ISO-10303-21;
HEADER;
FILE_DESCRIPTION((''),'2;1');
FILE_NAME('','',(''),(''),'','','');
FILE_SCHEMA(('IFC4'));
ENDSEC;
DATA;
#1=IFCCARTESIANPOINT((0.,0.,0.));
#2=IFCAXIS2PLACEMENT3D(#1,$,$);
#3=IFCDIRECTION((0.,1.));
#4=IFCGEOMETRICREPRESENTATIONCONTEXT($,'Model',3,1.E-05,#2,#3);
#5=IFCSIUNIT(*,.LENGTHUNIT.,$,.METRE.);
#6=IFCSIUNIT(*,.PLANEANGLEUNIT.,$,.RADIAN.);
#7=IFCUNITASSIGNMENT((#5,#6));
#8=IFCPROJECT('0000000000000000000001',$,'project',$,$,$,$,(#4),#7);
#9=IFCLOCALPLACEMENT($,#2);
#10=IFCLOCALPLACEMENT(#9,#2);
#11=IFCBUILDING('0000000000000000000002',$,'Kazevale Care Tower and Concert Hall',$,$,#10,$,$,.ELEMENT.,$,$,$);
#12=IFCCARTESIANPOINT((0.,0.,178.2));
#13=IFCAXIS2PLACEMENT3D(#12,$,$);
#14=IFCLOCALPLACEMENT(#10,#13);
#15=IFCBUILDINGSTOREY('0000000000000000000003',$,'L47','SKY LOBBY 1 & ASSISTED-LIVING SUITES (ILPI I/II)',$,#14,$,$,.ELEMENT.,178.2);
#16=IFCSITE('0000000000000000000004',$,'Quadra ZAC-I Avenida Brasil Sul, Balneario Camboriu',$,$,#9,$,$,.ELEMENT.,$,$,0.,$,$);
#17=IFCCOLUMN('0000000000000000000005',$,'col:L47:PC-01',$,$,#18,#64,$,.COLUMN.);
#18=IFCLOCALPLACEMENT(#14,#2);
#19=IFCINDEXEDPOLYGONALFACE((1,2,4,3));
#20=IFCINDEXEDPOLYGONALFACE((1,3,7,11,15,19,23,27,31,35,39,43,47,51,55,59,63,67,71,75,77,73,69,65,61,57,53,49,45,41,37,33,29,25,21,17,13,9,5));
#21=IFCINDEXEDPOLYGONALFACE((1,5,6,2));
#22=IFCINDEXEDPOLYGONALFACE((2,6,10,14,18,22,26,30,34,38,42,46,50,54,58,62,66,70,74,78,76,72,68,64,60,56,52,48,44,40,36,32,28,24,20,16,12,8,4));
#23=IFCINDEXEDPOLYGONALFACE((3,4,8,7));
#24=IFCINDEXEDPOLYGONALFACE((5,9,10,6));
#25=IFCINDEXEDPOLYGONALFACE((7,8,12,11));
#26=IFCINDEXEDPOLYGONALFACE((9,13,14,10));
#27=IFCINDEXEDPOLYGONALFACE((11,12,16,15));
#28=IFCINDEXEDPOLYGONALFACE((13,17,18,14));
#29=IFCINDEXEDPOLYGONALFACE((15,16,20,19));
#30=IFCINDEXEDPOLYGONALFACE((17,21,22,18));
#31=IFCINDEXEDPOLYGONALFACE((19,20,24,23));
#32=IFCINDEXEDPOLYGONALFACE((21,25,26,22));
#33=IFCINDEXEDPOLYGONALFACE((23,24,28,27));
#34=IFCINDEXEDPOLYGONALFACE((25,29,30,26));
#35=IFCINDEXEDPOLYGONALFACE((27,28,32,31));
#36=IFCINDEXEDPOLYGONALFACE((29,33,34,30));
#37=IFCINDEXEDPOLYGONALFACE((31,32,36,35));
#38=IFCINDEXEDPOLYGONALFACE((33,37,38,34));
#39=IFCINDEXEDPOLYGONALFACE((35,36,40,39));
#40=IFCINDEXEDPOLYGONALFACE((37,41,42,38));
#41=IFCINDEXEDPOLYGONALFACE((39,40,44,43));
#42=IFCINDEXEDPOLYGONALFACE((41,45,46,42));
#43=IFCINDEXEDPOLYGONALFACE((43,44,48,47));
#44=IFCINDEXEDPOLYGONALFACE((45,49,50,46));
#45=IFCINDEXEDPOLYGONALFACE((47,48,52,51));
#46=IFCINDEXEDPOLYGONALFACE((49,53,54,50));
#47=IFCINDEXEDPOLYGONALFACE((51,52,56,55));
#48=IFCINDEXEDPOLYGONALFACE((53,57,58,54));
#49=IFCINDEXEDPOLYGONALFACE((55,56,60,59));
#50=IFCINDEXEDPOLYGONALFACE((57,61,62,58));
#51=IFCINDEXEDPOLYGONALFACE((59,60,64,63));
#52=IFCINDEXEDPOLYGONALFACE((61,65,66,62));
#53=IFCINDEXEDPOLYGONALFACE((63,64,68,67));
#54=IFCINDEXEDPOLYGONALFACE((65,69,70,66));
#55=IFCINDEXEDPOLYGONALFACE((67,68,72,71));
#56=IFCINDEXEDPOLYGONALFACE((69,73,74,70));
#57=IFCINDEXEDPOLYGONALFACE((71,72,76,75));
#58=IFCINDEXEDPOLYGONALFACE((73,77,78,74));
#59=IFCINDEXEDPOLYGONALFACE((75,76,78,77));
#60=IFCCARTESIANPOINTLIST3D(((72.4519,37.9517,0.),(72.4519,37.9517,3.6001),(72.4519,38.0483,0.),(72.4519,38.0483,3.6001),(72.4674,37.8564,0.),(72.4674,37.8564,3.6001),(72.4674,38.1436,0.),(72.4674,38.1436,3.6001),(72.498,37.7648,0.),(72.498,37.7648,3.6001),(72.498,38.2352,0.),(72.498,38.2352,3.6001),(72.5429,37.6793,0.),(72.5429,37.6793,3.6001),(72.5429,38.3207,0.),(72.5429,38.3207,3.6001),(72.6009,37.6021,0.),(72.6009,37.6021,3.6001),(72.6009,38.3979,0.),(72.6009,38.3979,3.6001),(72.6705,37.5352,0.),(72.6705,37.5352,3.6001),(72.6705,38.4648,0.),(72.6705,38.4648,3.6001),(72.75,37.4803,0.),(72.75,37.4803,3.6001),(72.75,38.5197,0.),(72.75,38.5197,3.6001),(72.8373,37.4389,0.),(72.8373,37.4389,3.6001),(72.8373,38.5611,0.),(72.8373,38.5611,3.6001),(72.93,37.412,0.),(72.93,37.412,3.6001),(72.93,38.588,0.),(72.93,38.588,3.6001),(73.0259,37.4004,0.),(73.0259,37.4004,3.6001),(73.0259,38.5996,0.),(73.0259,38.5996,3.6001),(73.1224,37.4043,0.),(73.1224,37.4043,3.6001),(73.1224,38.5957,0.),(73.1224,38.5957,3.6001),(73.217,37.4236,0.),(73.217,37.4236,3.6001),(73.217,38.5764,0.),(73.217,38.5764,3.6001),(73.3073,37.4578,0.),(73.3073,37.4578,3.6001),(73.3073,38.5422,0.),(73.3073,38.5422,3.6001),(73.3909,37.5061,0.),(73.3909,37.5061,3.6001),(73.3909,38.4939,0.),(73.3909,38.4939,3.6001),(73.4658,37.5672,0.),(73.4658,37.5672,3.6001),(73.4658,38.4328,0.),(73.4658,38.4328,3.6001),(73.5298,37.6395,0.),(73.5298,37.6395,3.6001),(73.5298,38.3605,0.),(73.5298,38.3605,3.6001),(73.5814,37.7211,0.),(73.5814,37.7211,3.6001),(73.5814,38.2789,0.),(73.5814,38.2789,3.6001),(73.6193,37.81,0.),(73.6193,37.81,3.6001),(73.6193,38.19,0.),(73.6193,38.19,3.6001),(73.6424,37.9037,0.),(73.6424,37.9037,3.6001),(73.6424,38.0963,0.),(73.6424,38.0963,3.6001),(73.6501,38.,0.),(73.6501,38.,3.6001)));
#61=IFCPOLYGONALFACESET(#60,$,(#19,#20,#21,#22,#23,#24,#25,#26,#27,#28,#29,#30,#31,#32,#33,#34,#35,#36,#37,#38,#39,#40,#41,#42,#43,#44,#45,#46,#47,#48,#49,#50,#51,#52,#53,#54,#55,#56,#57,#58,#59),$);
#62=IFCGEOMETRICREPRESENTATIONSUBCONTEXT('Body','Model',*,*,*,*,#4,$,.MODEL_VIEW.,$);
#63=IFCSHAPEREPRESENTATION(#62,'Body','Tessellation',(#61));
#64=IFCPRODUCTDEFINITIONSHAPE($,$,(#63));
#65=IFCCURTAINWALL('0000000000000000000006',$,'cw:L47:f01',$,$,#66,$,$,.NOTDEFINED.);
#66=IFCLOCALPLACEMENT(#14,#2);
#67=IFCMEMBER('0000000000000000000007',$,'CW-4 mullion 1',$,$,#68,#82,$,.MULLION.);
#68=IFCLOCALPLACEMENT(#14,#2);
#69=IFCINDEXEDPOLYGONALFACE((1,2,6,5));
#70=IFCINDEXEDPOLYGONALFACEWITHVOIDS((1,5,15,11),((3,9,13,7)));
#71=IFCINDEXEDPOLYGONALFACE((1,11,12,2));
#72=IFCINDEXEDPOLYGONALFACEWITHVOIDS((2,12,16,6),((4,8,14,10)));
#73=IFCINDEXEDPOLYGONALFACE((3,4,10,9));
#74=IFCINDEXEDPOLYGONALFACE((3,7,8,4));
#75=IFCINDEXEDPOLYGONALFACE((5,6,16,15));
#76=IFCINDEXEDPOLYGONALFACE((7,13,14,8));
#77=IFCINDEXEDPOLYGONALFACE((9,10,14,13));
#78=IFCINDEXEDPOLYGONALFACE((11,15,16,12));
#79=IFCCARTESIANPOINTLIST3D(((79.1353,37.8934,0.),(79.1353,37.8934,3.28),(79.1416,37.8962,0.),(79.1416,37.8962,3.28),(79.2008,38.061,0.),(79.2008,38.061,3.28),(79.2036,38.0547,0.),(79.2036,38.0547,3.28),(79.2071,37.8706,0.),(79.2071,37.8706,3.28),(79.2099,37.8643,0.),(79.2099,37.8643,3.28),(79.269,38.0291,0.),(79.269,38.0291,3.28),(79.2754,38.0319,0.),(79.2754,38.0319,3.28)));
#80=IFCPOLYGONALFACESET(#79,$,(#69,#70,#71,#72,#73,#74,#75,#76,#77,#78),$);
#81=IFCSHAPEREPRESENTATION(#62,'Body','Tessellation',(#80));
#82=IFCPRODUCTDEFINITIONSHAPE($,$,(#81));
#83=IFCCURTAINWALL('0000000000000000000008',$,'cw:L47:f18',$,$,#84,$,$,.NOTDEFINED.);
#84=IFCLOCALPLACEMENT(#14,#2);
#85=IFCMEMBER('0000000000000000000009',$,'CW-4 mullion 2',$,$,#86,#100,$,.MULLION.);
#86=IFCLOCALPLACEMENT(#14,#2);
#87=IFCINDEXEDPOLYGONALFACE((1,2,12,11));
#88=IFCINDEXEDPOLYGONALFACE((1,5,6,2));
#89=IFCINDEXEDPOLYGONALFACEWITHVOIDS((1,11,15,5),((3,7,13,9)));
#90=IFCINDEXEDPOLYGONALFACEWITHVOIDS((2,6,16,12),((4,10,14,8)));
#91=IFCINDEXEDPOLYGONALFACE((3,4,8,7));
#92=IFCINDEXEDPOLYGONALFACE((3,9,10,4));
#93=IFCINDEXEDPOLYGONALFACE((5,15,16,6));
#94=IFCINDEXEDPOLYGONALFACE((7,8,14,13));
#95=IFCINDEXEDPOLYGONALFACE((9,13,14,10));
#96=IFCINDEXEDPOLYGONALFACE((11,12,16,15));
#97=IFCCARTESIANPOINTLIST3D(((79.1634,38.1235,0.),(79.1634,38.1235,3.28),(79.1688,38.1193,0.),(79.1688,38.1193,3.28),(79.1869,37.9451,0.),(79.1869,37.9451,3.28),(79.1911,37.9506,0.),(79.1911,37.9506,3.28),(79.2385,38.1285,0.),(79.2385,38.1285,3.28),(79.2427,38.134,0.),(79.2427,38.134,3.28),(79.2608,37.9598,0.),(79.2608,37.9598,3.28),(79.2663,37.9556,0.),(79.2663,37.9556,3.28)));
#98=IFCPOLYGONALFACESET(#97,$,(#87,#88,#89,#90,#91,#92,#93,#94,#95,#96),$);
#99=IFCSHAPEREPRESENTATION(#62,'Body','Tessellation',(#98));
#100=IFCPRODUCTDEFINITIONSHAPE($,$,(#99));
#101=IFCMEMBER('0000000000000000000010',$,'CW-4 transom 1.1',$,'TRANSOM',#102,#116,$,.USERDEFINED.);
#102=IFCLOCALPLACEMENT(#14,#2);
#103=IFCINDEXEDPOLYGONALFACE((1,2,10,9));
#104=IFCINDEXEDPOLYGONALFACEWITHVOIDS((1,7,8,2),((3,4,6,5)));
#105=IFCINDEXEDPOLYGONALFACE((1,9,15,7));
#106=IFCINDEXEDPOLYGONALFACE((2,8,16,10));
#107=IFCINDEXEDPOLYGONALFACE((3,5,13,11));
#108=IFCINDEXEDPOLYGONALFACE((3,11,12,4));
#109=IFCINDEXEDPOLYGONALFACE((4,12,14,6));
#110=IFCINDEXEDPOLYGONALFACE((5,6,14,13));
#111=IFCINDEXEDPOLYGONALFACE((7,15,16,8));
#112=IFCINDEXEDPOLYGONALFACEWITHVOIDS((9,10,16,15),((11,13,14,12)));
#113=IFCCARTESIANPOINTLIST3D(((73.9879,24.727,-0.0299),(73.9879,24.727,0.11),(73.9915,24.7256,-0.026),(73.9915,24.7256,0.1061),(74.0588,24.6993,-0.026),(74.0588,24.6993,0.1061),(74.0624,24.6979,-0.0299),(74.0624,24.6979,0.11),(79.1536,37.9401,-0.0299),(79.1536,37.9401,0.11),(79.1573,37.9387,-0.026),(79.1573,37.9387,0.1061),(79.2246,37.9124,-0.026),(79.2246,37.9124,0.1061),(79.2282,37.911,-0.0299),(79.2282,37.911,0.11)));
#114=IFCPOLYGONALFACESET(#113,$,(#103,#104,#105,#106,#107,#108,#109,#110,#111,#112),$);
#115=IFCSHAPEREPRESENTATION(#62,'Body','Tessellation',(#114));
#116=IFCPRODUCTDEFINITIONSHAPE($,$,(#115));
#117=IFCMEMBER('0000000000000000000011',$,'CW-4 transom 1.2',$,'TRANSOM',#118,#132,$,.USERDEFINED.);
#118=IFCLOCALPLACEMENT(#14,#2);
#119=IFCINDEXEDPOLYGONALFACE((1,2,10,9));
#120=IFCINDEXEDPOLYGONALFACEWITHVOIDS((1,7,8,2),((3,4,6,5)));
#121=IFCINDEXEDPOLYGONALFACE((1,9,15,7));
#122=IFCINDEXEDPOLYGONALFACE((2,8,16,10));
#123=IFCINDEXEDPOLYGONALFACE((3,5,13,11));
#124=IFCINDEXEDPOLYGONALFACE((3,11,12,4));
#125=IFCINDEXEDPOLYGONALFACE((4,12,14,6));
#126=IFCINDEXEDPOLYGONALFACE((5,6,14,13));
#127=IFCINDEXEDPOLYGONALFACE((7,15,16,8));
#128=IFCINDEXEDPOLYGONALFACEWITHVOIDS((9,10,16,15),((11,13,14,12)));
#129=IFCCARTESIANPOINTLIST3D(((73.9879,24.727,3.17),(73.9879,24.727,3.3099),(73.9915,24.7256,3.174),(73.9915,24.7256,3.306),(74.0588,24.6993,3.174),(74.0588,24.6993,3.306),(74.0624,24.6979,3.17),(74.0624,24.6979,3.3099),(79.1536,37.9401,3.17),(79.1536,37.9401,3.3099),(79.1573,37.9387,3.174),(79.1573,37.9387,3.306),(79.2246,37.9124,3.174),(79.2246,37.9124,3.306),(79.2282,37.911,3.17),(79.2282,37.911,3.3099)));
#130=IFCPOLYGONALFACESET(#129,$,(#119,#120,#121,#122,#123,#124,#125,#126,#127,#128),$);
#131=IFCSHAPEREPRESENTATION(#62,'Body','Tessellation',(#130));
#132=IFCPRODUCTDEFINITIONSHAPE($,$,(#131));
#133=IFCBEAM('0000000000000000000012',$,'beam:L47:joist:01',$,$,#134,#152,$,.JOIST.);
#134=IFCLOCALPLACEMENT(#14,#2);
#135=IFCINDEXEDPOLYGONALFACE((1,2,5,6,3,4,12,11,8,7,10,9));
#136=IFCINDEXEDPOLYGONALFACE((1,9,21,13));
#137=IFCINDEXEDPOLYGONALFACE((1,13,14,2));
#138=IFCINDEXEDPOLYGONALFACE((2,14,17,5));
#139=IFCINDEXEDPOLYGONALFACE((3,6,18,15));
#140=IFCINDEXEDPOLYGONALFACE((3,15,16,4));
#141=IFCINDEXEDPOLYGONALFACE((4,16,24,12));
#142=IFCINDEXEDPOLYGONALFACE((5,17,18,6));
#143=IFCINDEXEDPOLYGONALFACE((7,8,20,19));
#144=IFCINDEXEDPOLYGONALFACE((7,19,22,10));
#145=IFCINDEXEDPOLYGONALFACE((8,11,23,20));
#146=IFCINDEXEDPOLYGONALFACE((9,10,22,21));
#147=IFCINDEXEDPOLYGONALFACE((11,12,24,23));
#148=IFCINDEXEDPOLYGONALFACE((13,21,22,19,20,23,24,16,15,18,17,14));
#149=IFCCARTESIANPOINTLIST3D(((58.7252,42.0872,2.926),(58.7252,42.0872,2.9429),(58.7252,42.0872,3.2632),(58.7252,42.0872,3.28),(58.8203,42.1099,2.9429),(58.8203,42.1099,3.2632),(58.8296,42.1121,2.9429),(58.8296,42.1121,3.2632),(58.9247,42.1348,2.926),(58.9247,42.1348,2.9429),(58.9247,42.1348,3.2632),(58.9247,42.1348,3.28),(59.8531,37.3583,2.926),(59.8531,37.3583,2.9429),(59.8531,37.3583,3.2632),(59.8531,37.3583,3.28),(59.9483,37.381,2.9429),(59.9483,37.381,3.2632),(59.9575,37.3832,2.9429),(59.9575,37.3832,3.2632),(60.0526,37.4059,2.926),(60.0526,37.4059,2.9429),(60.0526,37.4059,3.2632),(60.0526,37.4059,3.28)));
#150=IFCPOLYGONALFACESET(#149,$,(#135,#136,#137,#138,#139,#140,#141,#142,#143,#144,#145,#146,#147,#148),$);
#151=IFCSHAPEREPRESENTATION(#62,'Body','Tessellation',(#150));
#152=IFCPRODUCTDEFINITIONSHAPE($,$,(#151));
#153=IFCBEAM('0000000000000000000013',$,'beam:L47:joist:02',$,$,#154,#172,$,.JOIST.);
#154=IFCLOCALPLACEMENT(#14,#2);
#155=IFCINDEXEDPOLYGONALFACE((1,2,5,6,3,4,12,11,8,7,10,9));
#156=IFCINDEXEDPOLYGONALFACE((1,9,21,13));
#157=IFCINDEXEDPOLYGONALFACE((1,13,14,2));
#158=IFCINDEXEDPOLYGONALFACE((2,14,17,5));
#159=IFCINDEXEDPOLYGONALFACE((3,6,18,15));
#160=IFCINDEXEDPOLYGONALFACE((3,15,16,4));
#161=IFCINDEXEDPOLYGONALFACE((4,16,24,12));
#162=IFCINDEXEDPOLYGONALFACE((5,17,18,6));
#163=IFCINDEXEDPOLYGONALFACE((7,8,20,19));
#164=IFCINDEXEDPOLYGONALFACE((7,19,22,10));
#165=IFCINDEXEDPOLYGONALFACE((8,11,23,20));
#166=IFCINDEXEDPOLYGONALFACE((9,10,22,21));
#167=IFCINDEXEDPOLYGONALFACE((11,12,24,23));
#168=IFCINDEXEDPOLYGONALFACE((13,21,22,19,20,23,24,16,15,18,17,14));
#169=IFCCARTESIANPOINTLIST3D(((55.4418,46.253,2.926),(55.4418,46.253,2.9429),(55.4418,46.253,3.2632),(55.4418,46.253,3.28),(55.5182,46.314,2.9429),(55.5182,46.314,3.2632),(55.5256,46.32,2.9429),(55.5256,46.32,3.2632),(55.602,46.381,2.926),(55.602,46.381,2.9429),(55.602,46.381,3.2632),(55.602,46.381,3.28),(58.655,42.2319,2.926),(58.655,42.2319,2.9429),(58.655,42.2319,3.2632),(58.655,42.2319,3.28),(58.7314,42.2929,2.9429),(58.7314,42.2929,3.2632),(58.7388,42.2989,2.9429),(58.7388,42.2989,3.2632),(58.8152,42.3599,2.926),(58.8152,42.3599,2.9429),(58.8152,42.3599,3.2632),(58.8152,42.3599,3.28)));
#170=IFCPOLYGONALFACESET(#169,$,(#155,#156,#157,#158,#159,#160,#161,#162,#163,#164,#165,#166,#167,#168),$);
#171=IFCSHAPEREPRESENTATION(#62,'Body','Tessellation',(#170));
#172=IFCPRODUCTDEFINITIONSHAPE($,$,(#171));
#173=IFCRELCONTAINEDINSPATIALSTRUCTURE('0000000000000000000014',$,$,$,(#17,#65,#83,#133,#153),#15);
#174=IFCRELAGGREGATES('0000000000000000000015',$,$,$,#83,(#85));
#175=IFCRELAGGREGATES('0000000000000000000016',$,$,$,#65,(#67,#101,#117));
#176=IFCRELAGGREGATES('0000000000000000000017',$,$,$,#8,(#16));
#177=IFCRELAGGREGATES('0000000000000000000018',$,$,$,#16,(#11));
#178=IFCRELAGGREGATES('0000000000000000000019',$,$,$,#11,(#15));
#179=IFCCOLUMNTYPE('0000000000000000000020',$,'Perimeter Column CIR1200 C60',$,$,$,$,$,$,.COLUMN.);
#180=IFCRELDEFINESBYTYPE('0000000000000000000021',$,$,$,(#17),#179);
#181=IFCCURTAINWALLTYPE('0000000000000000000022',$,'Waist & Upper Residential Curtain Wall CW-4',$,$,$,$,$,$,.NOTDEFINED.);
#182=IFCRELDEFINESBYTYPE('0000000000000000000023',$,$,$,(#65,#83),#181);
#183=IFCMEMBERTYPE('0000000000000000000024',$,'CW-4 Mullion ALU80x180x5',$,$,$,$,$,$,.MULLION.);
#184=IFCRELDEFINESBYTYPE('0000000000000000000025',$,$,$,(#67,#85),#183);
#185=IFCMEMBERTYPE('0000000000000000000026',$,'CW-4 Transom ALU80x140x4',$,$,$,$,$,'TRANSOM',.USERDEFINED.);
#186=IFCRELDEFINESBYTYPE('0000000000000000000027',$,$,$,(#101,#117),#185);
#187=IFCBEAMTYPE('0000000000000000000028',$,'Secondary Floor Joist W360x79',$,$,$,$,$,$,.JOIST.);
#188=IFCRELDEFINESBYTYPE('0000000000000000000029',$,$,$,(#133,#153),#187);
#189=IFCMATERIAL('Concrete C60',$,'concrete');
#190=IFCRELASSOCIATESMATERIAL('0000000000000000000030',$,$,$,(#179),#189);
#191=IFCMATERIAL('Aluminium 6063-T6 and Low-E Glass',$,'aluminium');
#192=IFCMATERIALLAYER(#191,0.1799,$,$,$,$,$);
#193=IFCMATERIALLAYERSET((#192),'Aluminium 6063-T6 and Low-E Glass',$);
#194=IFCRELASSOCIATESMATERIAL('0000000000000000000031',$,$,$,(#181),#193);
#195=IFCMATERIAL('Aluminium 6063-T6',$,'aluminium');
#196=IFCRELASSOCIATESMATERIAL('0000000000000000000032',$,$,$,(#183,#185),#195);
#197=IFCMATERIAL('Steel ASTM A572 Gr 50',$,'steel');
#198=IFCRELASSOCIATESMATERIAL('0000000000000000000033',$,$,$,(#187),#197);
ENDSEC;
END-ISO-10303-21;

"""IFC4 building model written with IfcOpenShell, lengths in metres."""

from ifc_helpers import new_model, si_unit, direction, frame, origin, origin_2d, place, context, subcontext, project, spatial, hollow_rectangle, circle, i_section, extrude, material, layer, layer_set, material_profile, profile_set, type_object, element, aggregate, save


model = new_model("IFC4")

# Units and contexts
model_context = context("Model", 3, precision=1e-05, world=origin(), true_north=direction((0.0, 1.0)))
body_context = subcontext(model_context, "Body", "Model", "MODEL_VIEW")
ifc_project = project(units=[si_unit("LENGTHUNIT", "METRE"), si_unit("PLANEANGLEUNIT", "RADIAN")], contexts=[model_context])

# Site, building, storey
site_placement = place(None, origin())
site = spatial("IfcSite", under=ifc_project, at=site_placement, Name="Quadra ZAC-I Avenida Brasil Sul, Balneario Camboriu", CompositionType="ELEMENT", RefElevation=0.0)
building_placement = place(site_placement, origin())
building = spatial("IfcBuilding", under=site, at=building_placement, Name="Kazevale Care Tower and Concert Hall", CompositionType="ELEMENT")
storey_placement = place(building_placement, frame((0.0, 0.0, 178.2)))
storey = spatial("IfcBuildingStorey", under=building, at=storey_placement, Name="L47", Description="SKY LOBBY 1 & ASSISTED-LIVING SUITES (ILPI I/II)", CompositionType="ELEMENT", Elevation=178.2)

# Column
ifc_material_1 = material(Name="Concrete C60", Category="concrete")
ifc_material_profile_1 = material_profile(ifc_material_1, circle(Radius=0.6001, at=origin_2d()), Name="RC-CIR1200")
ifc_profile_set_1 = profile_set([ifc_material_profile_1], Name="Concrete C60")
column_type = type_object("IfcColumnType", Name="Perimeter Column CIR1200 C60", PredefinedType="COLUMN", material=ifc_profile_set_1)
column_placement = place(storey_placement, frame((73.05, 38.0, 0.0), z_axis=(0.0, 0.0, 1.0), x_axis=(1.0, 0.0, 0.0)))
element("IfcColumn", 1, at=column_placement, inside=storey, type_object=column_type, Name="col:L47:PC-01", PredefinedType="COLUMN", context=body_context, shape_type="SweptSolid", body=[
    extrude(circle(Radius=0.6001, at=origin_2d()), origin(), (0.0, 0.0, 1.0), 3.6001),
])

# Curtain walls, members
ifc_material_2 = material(Name="Aluminium 6063-T6 and Low-E Glass", Category="aluminium")
ifc_layer_1 = layer(ifc_material_2, 0.1799)
ifc_layer_set_1 = layer_set([ifc_layer_1], Name="Aluminium 6063-T6 and Low-E Glass")
curtain_wall_type = type_object("IfcCurtainWallType", Name="Waist & Upper Residential Curtain Wall CW-4", PredefinedType="NOTDEFINED", material=ifc_layer_set_1)
curtain_wall_1_placement = place(storey_placement, origin())
curtain_wall_1 = element("IfcCurtainWall", 2, at=curtain_wall_1_placement, inside=storey, type_object=curtain_wall_type, Name="cw:L47:f01", PredefinedType="NOTDEFINED")
ifc_material_3 = material(Name="Aluminium 6063-T6", Category="aluminium")
ifc_material_profile_2 = material_profile(ifc_material_3, hollow_rectangle(XDim=0.0801, YDim=0.1799, WallThickness=0.0049, at=origin_2d()), Name="ALU80x180x5")
ifc_profile_set_2 = profile_set([ifc_material_profile_2], Name="Aluminium 6063-T6")
member_type_1 = type_object("IfcMemberType", Name="CW-4 Mullion ALU80x180x5", PredefinedType="MULLION", material=ifc_profile_set_2)
member_1_placement = place(storey_placement, frame((79.2053, 37.9626, 0.0), z_axis=(0.0, 0.0, 1.0), x_axis=(0.931352, -0.364121, 0.0)))
member_1 = element("IfcMember", 3, at=member_1_placement, type_object=member_type_1, Name="CW-4 mullion 1", PredefinedType="MULLION", context=body_context, shape_type="SweptSolid", body=[
    extrude(hollow_rectangle(XDim=0.0801, YDim=0.1799, WallThickness=0.0049, at=origin_2d()), origin(), (0.0, 0.0, 1.0), 3.28),
])
curtain_wall_2_placement = place(storey_placement, origin())
curtain_wall_2 = element("IfcCurtainWall", 4, at=curtain_wall_2_placement, inside=storey, type_object=curtain_wall_type, Name="cw:L47:f18", PredefinedType="NOTDEFINED")
member_2_placement = place(storey_placement, frame((79.2148, 38.0396, 0.0), z_axis=(0.0, 0.0, 1.0), x_axis=(0.991374, 0.131063, 0.0)))
member_2 = element("IfcMember", 5, at=member_2_placement, type_object=member_type_1, Name="CW-4 mullion 2", PredefinedType="MULLION", context=body_context, shape_type="SweptSolid", body=[
    extrude(hollow_rectangle(XDim=0.0801, YDim=0.1799, WallThickness=0.0049, at=origin_2d()), origin(), (0.0, 0.0, 1.0), 3.28),
])
aggregate(curtain_wall_2, [member_2])

# Members
ifc_material_profile_3 = material_profile(ifc_material_3, hollow_rectangle(XDim=0.0801, YDim=0.1399, WallThickness=0.0039, at=origin_2d()), Name="ALU80x140x4")
ifc_profile_set_3 = profile_set([ifc_material_profile_3], Name="Aluminium 6063-T6")
member_type_2 = type_object("IfcMemberType", Name="CW-4 Transom ALU80x140x4", ElementType="TRANSOM", PredefinedType="USERDEFINED", material=ifc_profile_set_3)
member_3_placement = place(storey_placement, frame((79.1909, 37.9255, 0.04), z_axis=(-0.364119, -0.931352, 0.0), x_axis=(0.931352, -0.364119, 0.0)))
member_3 = element("IfcMember", 6, at=member_3_placement, type_object=member_type_2, Name="CW-4 transom 1.1", ObjectType="TRANSOM", PredefinedType="USERDEFINED", context=body_context, shape_type="SweptSolid", body=[
    extrude(hollow_rectangle(XDim=0.0801, YDim=0.1399, WallThickness=0.0039, at=origin_2d()), origin(), (0.0, 0.0, 1.0), 14.187),
])
member_4_placement = place(storey_placement, frame((79.1909, 37.9255, 3.24), z_axis=(-0.364119, -0.931352, 0.0), x_axis=(0.931352, -0.364119, 0.0)))
member_4 = element("IfcMember", 7, at=member_4_placement, type_object=member_type_2, Name="CW-4 transom 1.2", ObjectType="TRANSOM", PredefinedType="USERDEFINED", context=body_context, shape_type="SweptSolid", body=[
    extrude(hollow_rectangle(XDim=0.0801, YDim=0.1399, WallThickness=0.0039, at=origin_2d()), origin(), (0.0, 0.0, 1.0), 14.187),
])

# Beams
ifc_material_4 = material(Name="Steel ASTM A572 Gr 50", Category="steel")
ifc_material_profile_4 = material_profile(ifc_material_4, i_section(OverallWidth=0.2051, OverallDepth=0.354, WebThickness=0.0095, FlangeThickness=0.0168, at=origin_2d()), Name="W360x79")
ifc_profile_set_4 = profile_set([ifc_material_profile_4], Name="Steel ASTM A572 Gr 50")
beam_type_1 = type_object("IfcBeamType", Name="Secondary Floor Joist W360x79", PredefinedType="JOIST", material=ifc_profile_set_4)
beam_1_placement = place(storey_placement, frame((59.9529, 37.3821, 3.103), z_axis=(-0.232005, 0.972715, 0.0), x_axis=(-0.972715, -0.232005, 0.0)))
element("IfcBeam", 8, at=beam_1_placement, inside=storey, type_object=beam_type_1, Name="beam:L47:joist:01", PredefinedType="JOIST", context=body_context, shape_type="SweptSolid", body=[
    extrude(i_section(OverallWidth=0.2051, OverallDepth=0.354, WebThickness=0.0095, FlangeThickness=0.0168, at=origin_2d()), origin(), (0.0, 0.0, 1.0), 4.8616),
])
beam_2_placement = place(storey_placement, frame((58.7351, 42.2959, 3.103), z_axis=(-0.624261, 0.781216, 0.0), x_axis=(-0.781216, -0.624261, 0.0)))
element("IfcBeam", 9, at=beam_2_placement, inside=storey, type_object=beam_type_1, Name="beam:L47:joist:02", PredefinedType="JOIST", context=body_context, shape_type="SweptSolid", body=[
    extrude(i_section(OverallWidth=0.2051, OverallDepth=0.354, WebThickness=0.0095, FlangeThickness=0.0168, at=origin_2d()), origin(), (0.0, 0.0, 1.0), 5.1472),
])

aggregate(curtain_wall_1, [member_1, member_3, member_4])

save(model, "model.ifc")
